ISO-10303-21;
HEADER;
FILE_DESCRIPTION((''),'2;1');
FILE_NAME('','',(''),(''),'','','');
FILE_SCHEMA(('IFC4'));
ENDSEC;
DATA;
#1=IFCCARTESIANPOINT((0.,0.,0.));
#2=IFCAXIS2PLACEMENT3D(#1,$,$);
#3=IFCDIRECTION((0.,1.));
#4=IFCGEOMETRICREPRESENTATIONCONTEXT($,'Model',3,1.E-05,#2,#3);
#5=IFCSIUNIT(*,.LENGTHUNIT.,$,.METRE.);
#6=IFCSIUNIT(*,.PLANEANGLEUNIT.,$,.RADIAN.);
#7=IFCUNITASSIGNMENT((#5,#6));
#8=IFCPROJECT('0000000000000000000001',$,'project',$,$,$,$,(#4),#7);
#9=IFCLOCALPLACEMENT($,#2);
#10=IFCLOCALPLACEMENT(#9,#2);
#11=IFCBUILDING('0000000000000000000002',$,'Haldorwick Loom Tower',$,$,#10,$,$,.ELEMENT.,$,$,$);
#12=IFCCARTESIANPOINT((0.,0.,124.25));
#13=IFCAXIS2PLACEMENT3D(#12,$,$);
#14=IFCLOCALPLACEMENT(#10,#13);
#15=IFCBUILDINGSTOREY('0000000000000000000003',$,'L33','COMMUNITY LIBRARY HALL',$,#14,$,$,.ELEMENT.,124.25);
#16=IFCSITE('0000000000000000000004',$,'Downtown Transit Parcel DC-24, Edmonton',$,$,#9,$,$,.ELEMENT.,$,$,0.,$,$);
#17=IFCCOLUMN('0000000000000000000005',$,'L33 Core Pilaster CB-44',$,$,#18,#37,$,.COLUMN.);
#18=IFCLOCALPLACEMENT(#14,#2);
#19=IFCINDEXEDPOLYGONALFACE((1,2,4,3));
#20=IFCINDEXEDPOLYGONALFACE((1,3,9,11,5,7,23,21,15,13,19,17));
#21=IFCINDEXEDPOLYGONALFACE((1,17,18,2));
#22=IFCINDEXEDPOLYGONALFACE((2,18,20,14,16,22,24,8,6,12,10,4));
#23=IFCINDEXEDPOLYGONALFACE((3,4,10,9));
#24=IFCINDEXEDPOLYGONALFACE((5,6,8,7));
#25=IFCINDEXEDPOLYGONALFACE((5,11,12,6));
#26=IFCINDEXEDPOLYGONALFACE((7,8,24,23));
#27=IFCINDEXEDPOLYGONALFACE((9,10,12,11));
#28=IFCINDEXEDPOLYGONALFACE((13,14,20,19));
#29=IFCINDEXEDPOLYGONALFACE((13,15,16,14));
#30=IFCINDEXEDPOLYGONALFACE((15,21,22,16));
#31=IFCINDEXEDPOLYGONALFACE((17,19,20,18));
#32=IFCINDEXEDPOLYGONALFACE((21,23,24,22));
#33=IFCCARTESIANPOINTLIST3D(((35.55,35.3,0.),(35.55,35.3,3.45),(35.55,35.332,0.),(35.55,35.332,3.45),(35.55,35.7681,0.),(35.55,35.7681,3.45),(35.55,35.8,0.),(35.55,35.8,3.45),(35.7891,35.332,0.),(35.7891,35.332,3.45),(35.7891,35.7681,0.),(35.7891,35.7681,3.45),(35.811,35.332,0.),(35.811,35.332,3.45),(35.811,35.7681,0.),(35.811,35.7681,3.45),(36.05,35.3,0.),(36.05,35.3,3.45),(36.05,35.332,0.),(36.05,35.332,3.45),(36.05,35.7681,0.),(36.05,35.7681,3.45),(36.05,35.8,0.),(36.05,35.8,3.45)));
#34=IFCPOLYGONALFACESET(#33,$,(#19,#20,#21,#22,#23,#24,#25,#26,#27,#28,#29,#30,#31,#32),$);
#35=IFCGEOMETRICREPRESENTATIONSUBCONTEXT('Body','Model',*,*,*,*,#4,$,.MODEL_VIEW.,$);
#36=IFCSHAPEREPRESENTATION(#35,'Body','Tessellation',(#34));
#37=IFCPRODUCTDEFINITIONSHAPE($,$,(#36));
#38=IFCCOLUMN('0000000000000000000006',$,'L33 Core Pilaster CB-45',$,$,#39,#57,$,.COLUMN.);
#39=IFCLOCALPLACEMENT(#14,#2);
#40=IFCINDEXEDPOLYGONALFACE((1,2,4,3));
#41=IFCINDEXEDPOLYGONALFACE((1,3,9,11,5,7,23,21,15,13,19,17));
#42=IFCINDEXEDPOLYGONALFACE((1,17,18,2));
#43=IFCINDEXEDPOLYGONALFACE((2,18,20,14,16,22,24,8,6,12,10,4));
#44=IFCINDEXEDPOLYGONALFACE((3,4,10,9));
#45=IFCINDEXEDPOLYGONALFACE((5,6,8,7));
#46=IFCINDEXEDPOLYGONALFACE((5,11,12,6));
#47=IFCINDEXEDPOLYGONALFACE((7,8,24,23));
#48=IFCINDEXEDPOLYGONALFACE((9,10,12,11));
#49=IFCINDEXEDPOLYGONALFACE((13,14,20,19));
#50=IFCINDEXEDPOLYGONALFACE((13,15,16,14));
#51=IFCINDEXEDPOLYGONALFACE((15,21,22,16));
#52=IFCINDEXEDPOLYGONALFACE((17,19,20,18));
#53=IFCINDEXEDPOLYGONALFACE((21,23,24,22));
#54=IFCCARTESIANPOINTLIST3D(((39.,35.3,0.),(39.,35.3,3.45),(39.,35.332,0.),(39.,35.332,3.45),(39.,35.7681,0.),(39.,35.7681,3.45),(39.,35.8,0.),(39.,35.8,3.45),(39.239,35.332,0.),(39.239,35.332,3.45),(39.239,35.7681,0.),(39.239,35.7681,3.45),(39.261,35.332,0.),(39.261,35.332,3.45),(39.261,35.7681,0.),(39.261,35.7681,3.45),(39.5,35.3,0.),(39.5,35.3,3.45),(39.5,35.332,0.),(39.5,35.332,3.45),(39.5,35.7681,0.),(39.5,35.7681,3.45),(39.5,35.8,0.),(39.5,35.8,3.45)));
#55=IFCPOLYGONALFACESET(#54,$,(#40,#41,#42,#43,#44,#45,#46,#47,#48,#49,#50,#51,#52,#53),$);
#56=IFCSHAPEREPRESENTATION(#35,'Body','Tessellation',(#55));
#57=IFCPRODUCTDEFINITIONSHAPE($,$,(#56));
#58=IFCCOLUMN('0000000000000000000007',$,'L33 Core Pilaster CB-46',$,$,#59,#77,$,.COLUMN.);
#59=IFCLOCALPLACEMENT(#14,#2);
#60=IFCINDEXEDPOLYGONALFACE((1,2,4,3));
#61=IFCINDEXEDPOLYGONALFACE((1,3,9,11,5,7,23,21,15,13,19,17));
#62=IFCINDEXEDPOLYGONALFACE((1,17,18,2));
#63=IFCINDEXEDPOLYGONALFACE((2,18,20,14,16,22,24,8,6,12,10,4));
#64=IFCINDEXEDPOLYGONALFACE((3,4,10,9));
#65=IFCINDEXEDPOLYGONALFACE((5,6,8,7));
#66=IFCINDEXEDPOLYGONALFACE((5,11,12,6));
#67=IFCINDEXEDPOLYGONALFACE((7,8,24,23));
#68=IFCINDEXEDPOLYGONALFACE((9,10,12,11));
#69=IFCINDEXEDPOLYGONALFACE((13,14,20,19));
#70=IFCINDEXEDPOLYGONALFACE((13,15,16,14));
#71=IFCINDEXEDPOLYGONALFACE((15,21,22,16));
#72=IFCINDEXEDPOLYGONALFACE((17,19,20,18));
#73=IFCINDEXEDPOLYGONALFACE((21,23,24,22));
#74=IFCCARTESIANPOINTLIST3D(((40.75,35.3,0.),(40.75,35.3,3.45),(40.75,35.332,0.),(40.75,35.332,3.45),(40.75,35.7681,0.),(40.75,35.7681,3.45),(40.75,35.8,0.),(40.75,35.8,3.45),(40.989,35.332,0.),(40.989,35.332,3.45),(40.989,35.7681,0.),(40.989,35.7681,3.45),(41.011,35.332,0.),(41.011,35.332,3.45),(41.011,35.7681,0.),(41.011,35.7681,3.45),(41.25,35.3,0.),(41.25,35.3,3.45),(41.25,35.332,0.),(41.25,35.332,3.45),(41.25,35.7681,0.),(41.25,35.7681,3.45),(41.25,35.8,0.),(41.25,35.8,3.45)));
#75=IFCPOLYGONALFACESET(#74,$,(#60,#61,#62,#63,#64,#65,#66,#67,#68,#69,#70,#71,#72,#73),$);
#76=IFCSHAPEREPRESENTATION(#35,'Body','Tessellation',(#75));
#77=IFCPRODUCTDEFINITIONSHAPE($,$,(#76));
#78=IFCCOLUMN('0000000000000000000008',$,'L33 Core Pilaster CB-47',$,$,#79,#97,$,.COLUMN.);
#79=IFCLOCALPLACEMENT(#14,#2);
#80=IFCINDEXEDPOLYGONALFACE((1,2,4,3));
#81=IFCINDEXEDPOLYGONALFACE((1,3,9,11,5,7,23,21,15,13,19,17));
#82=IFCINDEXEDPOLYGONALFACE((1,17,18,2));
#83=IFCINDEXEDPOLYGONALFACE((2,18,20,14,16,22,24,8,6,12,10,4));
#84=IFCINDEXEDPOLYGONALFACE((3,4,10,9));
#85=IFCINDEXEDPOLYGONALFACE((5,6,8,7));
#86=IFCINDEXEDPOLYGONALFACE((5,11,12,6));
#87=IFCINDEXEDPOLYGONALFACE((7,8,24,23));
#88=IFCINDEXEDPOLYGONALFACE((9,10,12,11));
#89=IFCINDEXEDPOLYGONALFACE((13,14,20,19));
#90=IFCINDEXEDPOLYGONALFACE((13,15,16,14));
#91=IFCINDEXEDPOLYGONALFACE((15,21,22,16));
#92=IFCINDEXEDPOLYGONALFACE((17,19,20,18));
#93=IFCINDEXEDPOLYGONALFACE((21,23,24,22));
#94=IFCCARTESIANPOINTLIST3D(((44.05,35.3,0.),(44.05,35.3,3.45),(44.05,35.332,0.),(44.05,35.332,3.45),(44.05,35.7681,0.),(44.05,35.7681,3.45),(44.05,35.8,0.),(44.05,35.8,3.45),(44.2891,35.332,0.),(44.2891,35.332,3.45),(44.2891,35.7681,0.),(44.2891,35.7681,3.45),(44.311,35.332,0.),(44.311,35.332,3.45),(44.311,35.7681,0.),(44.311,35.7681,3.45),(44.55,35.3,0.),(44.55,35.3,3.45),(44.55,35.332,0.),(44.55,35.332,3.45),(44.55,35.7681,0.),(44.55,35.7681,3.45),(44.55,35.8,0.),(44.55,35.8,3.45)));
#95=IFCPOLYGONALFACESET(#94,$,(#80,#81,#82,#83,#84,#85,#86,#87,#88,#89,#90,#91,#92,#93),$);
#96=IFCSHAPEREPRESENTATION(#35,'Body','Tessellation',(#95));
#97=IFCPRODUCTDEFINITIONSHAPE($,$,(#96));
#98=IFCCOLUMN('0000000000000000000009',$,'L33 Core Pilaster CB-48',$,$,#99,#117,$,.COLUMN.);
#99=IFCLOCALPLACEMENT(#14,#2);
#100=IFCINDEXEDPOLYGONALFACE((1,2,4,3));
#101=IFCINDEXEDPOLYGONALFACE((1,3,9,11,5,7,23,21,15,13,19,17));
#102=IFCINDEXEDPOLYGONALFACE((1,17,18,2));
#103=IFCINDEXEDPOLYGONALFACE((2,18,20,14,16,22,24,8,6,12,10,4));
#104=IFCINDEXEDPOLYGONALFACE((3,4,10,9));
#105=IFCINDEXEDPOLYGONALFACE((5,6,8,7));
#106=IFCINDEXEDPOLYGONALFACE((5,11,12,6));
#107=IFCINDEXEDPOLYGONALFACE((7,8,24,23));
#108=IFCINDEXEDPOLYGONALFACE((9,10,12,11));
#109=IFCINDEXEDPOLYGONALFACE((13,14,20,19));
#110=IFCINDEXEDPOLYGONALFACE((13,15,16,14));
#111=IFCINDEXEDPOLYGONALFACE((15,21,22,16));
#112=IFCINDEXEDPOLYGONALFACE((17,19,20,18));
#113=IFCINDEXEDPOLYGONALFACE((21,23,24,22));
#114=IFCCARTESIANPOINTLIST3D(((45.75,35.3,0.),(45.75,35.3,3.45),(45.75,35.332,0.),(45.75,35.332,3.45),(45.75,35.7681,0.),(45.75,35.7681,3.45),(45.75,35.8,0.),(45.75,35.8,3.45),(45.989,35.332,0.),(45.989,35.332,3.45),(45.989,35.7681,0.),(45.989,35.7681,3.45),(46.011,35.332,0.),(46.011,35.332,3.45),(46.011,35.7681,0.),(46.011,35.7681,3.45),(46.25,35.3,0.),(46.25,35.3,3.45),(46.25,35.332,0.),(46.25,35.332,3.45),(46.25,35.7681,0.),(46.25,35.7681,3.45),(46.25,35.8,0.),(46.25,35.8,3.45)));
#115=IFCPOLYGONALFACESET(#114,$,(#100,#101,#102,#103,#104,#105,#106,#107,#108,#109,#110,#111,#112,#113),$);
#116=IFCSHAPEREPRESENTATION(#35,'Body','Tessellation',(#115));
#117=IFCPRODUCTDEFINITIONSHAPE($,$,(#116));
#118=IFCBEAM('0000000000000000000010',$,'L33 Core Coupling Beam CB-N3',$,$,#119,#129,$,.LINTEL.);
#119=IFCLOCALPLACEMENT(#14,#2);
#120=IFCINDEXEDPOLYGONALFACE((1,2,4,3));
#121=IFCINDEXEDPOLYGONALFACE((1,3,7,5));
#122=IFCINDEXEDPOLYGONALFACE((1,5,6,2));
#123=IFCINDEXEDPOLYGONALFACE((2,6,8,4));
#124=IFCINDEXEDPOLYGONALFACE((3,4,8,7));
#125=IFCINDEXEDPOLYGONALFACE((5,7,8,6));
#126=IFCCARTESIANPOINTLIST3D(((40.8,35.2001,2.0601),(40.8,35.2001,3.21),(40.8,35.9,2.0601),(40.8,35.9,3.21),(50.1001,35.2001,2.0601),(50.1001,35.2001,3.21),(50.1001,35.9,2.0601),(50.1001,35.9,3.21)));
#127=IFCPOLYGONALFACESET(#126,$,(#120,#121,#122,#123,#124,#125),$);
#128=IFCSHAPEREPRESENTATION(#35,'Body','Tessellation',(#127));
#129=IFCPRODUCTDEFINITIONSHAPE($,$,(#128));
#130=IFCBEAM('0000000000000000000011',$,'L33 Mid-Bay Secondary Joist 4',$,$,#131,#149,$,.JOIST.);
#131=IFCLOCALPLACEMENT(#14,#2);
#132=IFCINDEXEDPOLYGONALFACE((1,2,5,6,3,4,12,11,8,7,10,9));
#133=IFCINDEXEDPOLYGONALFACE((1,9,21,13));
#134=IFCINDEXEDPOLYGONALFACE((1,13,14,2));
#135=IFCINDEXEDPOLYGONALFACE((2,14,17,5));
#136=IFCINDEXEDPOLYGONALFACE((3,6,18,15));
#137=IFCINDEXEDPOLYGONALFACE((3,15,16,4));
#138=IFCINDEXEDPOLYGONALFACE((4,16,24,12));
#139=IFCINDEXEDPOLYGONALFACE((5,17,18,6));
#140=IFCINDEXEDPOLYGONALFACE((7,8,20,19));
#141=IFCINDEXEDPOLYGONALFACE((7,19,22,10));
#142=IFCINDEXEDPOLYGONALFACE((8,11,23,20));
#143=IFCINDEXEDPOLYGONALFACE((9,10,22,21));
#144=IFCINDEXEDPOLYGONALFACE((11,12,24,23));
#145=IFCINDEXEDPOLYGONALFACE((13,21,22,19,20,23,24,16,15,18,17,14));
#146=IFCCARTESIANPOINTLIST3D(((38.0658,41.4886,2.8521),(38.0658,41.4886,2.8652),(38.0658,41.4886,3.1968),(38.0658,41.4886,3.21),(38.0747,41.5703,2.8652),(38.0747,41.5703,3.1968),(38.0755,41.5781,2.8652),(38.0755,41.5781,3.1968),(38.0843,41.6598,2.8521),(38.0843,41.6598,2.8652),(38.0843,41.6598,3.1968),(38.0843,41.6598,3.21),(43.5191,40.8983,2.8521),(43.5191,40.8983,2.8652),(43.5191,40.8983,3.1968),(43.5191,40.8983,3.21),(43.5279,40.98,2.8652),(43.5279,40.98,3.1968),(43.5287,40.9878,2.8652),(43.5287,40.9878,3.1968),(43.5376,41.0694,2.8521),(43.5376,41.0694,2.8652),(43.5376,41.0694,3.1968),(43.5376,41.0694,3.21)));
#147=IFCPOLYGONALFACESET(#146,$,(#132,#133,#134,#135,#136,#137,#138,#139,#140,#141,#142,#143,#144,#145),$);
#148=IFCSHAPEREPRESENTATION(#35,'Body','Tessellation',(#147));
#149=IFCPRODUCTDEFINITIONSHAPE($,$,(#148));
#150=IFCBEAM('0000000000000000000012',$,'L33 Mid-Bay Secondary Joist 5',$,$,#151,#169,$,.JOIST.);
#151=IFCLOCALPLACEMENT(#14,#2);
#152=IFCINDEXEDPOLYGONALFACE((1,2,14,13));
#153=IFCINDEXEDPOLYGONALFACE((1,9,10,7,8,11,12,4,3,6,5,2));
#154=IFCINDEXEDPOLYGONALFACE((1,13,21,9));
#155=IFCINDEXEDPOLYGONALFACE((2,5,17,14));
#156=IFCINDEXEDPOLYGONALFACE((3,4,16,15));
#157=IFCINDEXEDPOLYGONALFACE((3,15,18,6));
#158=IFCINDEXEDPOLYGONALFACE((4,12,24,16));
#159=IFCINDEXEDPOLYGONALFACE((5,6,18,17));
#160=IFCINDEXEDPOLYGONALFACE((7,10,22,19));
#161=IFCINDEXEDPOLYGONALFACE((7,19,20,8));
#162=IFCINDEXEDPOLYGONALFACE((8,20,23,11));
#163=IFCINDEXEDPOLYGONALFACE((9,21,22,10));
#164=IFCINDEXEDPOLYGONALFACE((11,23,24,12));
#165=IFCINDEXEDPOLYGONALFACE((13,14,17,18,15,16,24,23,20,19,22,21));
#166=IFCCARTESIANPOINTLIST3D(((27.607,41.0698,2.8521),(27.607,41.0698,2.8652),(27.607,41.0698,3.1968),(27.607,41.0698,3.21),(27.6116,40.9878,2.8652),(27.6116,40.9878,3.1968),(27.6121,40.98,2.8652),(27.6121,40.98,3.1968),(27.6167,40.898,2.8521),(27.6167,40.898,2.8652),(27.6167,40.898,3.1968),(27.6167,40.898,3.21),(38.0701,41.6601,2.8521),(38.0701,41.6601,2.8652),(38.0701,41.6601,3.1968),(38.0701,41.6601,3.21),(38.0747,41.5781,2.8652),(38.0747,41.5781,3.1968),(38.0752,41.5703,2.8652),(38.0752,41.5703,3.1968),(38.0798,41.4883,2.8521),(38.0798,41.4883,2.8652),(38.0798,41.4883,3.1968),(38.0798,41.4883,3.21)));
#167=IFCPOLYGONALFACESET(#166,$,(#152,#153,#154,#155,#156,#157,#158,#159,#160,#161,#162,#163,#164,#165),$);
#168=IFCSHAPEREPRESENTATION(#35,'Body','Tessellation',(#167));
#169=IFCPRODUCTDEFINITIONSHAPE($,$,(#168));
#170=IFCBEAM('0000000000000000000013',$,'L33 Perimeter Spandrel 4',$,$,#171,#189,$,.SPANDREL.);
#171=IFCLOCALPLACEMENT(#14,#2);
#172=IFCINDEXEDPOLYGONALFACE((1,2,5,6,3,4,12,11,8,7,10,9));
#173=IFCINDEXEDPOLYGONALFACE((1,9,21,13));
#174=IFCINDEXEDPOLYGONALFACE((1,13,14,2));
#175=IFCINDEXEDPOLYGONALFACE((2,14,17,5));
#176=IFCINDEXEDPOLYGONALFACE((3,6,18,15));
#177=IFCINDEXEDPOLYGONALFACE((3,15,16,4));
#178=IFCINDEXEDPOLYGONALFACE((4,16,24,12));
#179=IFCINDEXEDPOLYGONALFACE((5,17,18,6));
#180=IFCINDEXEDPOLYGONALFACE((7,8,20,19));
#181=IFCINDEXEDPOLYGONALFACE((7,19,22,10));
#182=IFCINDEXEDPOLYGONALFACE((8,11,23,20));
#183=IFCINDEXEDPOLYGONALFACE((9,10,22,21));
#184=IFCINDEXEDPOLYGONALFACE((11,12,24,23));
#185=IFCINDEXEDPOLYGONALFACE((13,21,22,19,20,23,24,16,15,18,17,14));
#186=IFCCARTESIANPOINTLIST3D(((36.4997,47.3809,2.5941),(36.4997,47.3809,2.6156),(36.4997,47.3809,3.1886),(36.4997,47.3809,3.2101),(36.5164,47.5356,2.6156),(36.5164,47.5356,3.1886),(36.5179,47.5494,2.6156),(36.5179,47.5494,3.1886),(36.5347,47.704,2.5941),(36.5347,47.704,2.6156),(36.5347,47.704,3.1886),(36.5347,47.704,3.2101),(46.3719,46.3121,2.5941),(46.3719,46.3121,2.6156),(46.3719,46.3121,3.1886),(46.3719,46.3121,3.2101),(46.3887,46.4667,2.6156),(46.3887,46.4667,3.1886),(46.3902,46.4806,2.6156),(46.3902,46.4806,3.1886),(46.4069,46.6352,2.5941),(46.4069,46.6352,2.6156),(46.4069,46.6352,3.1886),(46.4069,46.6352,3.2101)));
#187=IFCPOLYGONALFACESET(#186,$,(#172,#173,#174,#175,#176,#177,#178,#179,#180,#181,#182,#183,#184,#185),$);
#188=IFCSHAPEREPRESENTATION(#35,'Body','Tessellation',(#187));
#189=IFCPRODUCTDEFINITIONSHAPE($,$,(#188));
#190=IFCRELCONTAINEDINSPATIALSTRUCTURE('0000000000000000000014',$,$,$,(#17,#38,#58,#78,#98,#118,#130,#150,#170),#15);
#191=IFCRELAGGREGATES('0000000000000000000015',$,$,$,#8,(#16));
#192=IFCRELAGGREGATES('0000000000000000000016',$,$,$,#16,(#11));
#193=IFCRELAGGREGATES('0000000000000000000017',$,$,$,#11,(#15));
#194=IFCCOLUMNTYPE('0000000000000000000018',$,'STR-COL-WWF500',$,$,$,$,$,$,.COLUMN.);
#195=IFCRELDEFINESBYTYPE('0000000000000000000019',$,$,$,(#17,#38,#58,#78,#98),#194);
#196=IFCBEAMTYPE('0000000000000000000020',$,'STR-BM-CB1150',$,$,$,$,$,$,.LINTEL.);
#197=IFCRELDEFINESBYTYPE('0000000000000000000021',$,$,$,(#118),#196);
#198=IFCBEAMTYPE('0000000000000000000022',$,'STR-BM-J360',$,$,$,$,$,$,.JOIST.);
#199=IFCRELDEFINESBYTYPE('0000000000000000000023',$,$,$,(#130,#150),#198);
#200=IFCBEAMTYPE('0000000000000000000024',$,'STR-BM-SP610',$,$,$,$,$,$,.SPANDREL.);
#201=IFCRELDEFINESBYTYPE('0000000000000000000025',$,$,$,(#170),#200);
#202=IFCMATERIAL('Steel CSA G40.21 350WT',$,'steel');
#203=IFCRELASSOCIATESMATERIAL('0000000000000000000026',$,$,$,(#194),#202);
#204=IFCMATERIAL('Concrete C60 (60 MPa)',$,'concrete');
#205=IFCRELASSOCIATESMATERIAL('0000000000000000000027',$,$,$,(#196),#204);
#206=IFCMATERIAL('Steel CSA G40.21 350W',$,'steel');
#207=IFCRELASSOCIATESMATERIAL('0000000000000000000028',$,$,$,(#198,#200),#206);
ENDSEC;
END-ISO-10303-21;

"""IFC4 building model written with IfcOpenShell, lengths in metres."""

from ifc_helpers import new_model, si_unit, direction, frame, origin, origin_2d, place, context, subcontext, project, spatial, rectangle, i_section, extrude, material, material_profile, profile_set, type_object, element, save


model = new_model("IFC4")

# Units and contexts
model_context = context("Model", 3, precision=1e-05, world=origin(), true_north=direction((0.0, 1.0)))
body_context = subcontext(model_context, "Body", "Model", "MODEL_VIEW")
ifc_project = project(units=[si_unit("LENGTHUNIT", "METRE"), si_unit("PLANEANGLEUNIT", "RADIAN")], contexts=[model_context])

# Site, building, storey
site_placement = place(None, origin())
site = spatial("IfcSite", under=ifc_project, at=site_placement, Name="Downtown Transit Parcel DC-24, Edmonton", CompositionType="ELEMENT", RefElevation=0.0)
building_placement = place(site_placement, origin())
building = spatial("IfcBuilding", under=site, at=building_placement, Name="Haldorwick Loom Tower", CompositionType="ELEMENT")
storey_placement = place(building_placement, frame((0.0, 0.0, 124.25)))
storey = spatial("IfcBuildingStorey", under=building, at=storey_placement, Name="L33", Description="COMMUNITY LIBRARY HALL", CompositionType="ELEMENT", Elevation=124.25)

# Columns
ifc_material_1 = material(Name="Concrete C60 (60 MPa)", Category="concrete")
ifc_material_2 = material(Name="Steel CSA G40.21 350WT", Category="steel")
ifc_material_profile_1 = material_profile(ifc_material_2, i_section(OverallWidth=0.5, OverallDepth=0.5, WebThickness=0.022, FlangeThickness=0.032, at=origin_2d()), Name="WWF500X500", Category="steel")
ifc_profile_set_1 = profile_set([ifc_material_profile_1], Name="Steel CSA G40.21 350WT")
column_type_1 = type_object("IfcColumnType", Name="STR-COL-WWF500", PredefinedType="COLUMN", material=ifc_profile_set_1)
for number, where, z_axis, x_axis, name in (
    (1, (35.8, 35.55, 0.0), (0.0, 0.0, 1.0), (1.0, 0.0, 0.0), "L33 Core Pilaster CB-44"),
    (2, (39.25, 35.55, 0.0), (0.0, 0.0, 1.0), (1.0, 0.0, 0.0), "L33 Core Pilaster CB-45"),
    (3, (41.0, 35.55, 0.0), (0.0, 0.0, 1.0), (1.0, 0.0, 0.0), "L33 Core Pilaster CB-46"),
    (4, (44.3, 35.55, 0.0), (0.0, 0.0, 1.0), (1.0, 0.0, 0.0), "L33 Core Pilaster CB-47"),
    (5, (46.0, 35.55, 0.0), (0.0, 0.0, 1.0), (1.0, 0.0, 0.0), "L33 Core Pilaster CB-48"),
):
    element("IfcColumn", number, at=place(storey_placement, frame(where, z_axis=z_axis, x_axis=x_axis)), inside=storey, type_object=column_type_1, Name=name, PredefinedType="COLUMN", context=body_context, shape_type="SweptSolid", body=[
        extrude(i_section(OverallWidth=0.5, OverallDepth=0.5, WebThickness=0.022, FlangeThickness=0.032, at=origin_2d()), origin(), (0.0, 0.0, 1.0), 3.45),
    ])

# Beams
ifc_material_profile_2 = material_profile(ifc_material_1, rectangle(XDim=0.7, YDim=1.1499, at=origin_2d()), Name="RC700X1150", Category="concrete")
ifc_profile_set_2 = profile_set([ifc_material_profile_2], Name="Concrete C60 (60 MPa)")
beam_type_1 = type_object("IfcBeamType", Name="STR-BM-CB1150", PredefinedType="LINTEL", material=ifc_profile_set_2)
beam_1_placement = place(storey_placement, frame((40.8, 35.55, 2.635), z_axis=(1.0, 0.0, 0.0), x_axis=(0.0, 1.0, 0.0)))
element("IfcBeam", 6, at=beam_1_placement, inside=storey, type_object=beam_type_1, Name="L33 Core Coupling Beam CB-N3", PredefinedType="LINTEL", context=body_context, shape_type="SweptSolid", body=[
    extrude(rectangle(XDim=0.7, YDim=1.1499, at=origin_2d()), origin(), (0.0, 0.0, 1.0), 9.3),
])
ifc_material_3 = material(Name="Steel CSA G40.21 350W", Category="steel")
ifc_material_profile_3 = material_profile(ifc_material_3, i_section(OverallWidth=0.1721, OverallDepth=0.3579, WebThickness=0.0078, FlangeThickness=0.0132, at=origin_2d()), Name="W360X57", Category="steel")
ifc_profile_set_3 = profile_set([ifc_material_profile_3], Name="Steel CSA G40.21 350W")
beam_type_2 = type_object("IfcBeamType", Name="STR-BM-J360", PredefinedType="JOIST", material=ifc_profile_set_3)
beam_2_placement = place(storey_placement, frame((43.5283, 40.9839, 3.031), z_axis=(-0.994192, 0.107622, 0.0), x_axis=(-0.107622, -0.994192, 0.0)))
element("IfcBeam", 7, at=beam_2_placement, inside=storey, type_object=beam_type_2, Name="L33 Mid-Bay Secondary Joist 4", PredefinedType="JOIST", context=body_context, shape_type="SweptSolid", body=[
    extrude(i_section(OverallWidth=0.1721, OverallDepth=0.3579, WebThickness=0.0078, FlangeThickness=0.0132, at=origin_2d()), origin(), (0.0, 0.0, 1.0), 5.4851),
])
beam_3_placement = place(storey_placement, frame((38.075, 41.5742, 3.031), z_axis=(-0.998412, -0.056331, 0.0), x_axis=(0.056331, -0.998412, 0.0)))
element("IfcBeam", 8, at=beam_3_placement, inside=storey, type_object=beam_type_2, Name="L33 Mid-Bay Secondary Joist 5", PredefinedType="JOIST", context=body_context, shape_type="SweptSolid", body=[
    extrude(i_section(OverallWidth=0.1721, OverallDepth=0.3579, WebThickness=0.0078, FlangeThickness=0.0132, at=origin_2d()), origin(), (0.0, 0.0, 1.0), 10.4797),
])
ifc_material_profile_4 = material_profile(ifc_material_3, i_section(OverallWidth=0.325, OverallDepth=0.616, WebThickness=0.0139, FlangeThickness=0.0215, at=origin_2d()), Name="W610X174", Category="steel")
ifc_profile_set_4 = profile_set([ifc_material_profile_4], Name="Steel CSA G40.21 350W")
beam_type_3 = type_object("IfcBeamType", Name="STR-BM-SP610", PredefinedType="SPANDREL", material=ifc_profile_set_4)
beam_4_placement = place(storey_placement, frame((46.3894, 46.4736, 2.9021), z_axis=(-0.99419, 0.107638, 0.0), x_axis=(-0.107638, -0.99419, 0.0)))
element("IfcBeam", 9, at=beam_4_placement, inside=storey, type_object=beam_type_3, Name="L33 Perimeter Spandrel 4", PredefinedType="SPANDREL", context=body_context, shape_type="SweptSolid", body=[
    extrude(i_section(OverallWidth=0.325, OverallDepth=0.616, WebThickness=0.0139, FlangeThickness=0.0215, at=origin_2d()), origin(), (0.0, 0.0, 1.0), 9.9299),
])

save(model, "model.ifc")
